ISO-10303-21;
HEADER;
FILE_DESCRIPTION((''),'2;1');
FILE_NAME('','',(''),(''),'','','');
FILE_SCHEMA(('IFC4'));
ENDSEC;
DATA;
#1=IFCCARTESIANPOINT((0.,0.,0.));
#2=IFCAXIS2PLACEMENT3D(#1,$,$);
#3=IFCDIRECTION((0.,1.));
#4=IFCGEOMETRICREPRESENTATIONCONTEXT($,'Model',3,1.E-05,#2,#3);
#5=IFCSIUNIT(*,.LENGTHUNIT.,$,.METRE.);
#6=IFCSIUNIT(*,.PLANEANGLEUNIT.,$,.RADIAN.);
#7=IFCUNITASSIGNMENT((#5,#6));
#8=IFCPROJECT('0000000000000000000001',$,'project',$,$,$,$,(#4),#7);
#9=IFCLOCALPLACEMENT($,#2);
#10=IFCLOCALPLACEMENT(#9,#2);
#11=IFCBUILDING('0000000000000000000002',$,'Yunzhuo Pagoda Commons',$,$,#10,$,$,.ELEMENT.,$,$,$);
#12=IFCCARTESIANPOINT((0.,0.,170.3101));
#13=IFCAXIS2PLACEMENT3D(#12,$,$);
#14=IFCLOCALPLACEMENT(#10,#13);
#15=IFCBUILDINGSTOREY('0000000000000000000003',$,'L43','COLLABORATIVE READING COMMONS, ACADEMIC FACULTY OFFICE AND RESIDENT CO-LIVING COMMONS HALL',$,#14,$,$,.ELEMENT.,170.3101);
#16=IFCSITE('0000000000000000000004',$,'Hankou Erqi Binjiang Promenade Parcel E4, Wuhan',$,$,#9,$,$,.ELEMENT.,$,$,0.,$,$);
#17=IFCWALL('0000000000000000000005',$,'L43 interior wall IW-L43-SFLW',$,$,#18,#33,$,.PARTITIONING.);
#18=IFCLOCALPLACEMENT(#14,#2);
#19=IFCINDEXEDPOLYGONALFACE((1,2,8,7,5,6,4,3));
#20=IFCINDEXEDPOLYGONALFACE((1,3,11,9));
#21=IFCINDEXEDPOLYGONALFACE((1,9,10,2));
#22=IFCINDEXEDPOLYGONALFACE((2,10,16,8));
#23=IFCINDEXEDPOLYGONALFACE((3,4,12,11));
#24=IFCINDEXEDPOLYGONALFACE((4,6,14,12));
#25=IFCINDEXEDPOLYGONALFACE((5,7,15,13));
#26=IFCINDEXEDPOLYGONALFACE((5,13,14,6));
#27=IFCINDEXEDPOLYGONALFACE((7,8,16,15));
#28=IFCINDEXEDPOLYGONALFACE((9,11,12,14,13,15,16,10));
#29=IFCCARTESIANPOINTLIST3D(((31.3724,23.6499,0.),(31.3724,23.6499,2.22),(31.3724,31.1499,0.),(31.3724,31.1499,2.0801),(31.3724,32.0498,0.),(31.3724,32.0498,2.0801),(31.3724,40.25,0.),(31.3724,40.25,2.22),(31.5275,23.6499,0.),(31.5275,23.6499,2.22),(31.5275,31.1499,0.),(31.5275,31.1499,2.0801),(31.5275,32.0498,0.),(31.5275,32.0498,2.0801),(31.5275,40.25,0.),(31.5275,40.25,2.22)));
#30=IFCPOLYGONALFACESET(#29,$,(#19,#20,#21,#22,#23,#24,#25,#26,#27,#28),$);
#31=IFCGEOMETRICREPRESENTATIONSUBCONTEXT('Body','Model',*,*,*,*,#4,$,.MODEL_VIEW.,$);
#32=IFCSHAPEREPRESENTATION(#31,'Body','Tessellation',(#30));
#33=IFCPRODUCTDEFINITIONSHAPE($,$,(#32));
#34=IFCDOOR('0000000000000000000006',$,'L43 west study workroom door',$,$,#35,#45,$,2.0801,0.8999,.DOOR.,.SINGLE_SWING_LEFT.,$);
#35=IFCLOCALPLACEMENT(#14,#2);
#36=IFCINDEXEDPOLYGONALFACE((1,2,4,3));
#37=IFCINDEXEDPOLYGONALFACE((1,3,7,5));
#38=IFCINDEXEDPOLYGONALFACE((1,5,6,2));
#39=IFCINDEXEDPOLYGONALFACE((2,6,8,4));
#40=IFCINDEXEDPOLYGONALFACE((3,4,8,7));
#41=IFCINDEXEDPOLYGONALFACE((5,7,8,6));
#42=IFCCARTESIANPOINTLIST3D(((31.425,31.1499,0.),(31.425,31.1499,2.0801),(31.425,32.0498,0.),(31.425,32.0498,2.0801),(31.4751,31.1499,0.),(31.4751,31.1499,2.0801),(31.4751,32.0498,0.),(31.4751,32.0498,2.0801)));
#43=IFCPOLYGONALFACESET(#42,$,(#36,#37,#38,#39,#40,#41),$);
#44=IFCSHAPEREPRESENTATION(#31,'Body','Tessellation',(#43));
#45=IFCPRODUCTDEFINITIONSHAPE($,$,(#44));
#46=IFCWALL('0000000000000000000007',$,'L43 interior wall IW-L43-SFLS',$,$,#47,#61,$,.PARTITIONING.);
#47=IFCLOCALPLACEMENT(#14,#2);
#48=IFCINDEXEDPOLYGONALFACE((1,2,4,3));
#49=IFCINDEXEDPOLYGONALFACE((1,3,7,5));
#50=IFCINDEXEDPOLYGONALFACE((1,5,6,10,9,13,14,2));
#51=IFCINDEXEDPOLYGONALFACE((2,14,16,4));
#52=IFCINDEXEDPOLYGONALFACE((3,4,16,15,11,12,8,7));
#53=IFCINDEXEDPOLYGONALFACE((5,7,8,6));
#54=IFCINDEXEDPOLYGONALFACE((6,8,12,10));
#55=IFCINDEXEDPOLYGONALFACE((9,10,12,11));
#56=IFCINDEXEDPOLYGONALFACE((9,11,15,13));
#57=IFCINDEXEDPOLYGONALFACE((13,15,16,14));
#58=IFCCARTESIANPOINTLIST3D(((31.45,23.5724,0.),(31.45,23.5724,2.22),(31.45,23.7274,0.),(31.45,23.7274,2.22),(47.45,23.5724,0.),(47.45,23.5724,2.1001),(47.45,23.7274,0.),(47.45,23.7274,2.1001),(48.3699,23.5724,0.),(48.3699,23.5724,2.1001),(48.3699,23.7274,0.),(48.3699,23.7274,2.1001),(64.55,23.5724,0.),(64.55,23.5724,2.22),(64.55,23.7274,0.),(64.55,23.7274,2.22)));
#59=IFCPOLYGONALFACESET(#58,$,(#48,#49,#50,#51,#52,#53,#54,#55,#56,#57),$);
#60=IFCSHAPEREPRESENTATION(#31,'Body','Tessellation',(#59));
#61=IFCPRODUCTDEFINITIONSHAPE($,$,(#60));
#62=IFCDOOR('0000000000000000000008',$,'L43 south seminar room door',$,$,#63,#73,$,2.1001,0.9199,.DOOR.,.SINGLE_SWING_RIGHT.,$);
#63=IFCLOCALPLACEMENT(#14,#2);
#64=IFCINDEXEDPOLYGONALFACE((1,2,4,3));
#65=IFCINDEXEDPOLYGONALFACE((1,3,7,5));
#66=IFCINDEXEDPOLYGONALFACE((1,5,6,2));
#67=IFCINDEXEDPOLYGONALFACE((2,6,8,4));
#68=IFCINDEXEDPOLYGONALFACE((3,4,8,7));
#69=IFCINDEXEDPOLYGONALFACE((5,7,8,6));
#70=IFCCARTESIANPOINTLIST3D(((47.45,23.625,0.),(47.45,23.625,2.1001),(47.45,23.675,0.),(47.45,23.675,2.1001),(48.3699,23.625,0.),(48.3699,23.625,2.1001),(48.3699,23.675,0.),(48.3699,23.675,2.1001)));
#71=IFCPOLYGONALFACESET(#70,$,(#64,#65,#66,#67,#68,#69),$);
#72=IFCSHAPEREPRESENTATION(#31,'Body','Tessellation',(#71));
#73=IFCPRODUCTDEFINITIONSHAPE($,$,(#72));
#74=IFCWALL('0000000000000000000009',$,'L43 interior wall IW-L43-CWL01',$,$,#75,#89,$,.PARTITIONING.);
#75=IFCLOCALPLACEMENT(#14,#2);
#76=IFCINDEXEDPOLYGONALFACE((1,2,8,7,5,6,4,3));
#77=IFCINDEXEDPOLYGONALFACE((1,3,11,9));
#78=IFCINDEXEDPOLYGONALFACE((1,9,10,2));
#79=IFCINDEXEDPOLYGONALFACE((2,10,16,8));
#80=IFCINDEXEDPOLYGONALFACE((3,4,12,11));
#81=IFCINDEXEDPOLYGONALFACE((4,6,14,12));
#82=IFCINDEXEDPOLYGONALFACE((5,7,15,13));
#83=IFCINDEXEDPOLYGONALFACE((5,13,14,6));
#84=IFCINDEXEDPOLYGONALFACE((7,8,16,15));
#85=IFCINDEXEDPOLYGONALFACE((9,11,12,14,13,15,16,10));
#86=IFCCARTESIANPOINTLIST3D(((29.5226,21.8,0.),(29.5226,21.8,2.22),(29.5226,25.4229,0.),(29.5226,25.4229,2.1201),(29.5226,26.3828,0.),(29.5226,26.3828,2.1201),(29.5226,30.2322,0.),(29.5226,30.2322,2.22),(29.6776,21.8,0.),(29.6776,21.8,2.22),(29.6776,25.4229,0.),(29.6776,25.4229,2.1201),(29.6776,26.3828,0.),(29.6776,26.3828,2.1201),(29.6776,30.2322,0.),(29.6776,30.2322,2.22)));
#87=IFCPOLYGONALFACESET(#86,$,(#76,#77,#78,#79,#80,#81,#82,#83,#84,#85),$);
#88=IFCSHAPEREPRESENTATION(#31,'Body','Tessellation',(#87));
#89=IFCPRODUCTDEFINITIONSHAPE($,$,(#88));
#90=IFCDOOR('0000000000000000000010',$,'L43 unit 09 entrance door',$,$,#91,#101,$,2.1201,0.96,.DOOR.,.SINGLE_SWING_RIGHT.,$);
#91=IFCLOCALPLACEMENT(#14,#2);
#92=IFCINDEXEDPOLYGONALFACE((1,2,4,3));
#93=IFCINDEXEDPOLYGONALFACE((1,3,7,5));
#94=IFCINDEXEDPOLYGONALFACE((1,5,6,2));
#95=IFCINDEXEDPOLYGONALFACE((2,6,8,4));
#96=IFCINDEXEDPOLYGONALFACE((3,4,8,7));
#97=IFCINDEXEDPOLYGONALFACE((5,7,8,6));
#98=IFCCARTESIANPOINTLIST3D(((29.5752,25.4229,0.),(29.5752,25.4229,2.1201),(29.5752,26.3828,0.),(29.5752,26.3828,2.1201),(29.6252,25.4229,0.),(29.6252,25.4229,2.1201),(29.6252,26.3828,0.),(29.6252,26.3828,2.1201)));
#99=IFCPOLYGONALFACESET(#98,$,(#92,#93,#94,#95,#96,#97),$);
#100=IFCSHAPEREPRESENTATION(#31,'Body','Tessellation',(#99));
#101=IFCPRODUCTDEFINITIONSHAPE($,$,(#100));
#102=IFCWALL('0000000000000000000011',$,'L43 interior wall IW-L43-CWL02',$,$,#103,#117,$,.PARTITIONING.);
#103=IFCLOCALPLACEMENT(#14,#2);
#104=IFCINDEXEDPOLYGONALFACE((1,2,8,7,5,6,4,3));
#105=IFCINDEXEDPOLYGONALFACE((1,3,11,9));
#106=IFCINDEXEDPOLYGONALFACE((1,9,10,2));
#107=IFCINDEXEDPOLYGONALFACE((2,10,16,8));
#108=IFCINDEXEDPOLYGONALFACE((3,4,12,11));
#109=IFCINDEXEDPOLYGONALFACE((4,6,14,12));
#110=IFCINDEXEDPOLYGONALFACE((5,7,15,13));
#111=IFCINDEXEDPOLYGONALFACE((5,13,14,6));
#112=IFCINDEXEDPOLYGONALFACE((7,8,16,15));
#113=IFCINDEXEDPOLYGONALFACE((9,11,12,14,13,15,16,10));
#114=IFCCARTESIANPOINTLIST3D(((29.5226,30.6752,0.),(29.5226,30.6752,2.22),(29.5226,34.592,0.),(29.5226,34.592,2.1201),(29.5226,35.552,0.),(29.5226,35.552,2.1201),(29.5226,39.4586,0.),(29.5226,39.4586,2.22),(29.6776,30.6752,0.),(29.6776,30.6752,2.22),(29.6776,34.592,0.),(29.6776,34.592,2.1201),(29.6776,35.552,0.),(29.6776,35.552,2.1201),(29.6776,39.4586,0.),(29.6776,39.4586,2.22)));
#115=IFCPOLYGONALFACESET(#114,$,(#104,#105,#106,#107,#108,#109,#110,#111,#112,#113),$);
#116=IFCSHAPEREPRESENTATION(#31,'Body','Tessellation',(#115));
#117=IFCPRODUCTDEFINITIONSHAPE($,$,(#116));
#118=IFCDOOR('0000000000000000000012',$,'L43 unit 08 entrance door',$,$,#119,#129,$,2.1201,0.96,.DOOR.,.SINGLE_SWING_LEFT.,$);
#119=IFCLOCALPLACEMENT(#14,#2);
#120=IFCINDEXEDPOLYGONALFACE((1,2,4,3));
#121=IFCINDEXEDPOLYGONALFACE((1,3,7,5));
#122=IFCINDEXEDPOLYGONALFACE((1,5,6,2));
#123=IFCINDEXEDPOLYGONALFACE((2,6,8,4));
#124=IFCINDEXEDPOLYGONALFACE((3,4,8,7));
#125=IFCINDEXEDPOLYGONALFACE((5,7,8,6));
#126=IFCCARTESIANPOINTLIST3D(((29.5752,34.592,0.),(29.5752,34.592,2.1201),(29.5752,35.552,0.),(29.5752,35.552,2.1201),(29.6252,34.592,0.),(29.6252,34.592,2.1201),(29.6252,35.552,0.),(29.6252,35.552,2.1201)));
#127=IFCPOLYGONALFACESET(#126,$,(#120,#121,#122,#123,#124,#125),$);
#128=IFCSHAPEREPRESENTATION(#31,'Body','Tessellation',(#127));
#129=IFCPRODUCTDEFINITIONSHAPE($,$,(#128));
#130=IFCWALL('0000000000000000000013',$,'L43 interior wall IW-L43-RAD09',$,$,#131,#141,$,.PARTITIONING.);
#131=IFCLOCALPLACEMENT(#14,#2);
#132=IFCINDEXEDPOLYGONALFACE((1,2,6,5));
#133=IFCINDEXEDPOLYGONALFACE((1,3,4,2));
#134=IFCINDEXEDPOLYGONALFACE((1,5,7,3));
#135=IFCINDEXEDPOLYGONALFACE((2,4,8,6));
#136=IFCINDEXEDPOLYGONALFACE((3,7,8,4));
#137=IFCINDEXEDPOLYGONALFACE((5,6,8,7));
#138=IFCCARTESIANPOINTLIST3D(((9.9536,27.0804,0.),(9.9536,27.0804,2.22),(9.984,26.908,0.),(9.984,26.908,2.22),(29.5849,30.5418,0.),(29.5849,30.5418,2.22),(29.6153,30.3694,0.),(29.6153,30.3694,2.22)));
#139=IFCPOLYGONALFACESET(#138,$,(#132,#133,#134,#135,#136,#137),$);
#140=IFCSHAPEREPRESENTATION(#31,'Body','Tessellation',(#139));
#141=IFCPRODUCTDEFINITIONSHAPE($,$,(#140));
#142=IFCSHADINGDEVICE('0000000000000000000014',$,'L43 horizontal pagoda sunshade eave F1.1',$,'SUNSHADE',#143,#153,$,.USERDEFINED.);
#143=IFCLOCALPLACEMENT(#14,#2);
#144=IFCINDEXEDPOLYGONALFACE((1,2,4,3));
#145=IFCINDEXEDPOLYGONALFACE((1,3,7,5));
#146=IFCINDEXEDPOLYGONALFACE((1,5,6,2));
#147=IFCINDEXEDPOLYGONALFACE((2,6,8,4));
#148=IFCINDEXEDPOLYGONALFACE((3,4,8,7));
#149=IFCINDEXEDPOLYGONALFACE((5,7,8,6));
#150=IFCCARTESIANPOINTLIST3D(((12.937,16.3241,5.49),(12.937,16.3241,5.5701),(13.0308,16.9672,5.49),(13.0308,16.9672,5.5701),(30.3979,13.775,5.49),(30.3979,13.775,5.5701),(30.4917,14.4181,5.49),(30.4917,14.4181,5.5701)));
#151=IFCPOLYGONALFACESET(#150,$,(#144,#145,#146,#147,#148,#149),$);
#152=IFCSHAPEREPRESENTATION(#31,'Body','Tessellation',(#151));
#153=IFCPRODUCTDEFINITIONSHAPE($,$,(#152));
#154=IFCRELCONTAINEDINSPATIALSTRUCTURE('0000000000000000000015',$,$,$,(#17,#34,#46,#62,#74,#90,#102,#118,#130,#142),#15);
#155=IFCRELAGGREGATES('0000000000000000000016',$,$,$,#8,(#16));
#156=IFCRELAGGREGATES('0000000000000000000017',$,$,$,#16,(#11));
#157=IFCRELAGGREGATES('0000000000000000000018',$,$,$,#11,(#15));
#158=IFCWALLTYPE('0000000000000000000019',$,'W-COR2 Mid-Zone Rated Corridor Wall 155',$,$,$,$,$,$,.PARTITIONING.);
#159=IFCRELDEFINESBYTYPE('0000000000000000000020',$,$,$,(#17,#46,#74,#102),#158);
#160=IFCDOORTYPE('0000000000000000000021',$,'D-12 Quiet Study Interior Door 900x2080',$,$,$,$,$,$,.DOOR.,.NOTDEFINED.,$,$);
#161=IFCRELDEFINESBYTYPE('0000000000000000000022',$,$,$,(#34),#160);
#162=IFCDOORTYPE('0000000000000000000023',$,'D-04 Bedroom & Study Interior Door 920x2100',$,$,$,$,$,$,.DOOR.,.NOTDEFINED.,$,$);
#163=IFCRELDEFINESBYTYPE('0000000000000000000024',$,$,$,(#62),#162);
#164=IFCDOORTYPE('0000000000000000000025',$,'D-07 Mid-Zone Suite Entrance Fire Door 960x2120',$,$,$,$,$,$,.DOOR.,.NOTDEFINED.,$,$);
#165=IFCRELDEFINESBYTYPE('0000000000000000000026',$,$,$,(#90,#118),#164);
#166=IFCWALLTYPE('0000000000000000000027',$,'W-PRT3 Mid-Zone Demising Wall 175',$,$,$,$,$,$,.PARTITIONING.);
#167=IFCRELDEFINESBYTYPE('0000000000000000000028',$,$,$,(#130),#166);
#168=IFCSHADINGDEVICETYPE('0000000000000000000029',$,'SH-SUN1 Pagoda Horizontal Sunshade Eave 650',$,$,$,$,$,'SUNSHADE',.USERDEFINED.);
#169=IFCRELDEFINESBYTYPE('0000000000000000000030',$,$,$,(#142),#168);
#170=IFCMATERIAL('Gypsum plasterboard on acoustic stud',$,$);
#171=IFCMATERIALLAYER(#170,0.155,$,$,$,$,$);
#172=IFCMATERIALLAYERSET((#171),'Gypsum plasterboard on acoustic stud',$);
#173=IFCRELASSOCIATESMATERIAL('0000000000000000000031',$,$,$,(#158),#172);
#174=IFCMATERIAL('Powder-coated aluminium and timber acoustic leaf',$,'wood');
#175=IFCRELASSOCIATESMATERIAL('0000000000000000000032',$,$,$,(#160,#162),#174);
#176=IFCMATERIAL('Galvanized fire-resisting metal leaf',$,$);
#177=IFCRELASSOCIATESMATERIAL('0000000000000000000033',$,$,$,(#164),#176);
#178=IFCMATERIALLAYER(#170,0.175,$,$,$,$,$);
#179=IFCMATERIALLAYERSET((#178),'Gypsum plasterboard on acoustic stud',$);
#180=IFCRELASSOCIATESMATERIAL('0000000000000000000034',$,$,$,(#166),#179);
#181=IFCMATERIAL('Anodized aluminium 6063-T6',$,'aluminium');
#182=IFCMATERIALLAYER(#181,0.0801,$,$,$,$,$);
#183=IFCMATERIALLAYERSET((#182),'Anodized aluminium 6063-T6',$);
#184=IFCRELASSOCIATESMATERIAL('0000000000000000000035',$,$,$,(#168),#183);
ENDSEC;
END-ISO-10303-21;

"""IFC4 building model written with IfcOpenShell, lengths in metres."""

from ifc_helpers import new_model, si_unit, direction, frame, frame_2d, origin, origin_with_axes, origin_2d, place, context, subcontext, project, spatial, rectangle, extrude, source, transform, mapped, material, layer, layer_set, type_object, element, fill, save


model = new_model("IFC4")

# Units and contexts
model_context = context("Model", 3, precision=1e-05, world=origin(), true_north=direction((0.0, 1.0)))
body_context = subcontext(model_context, "Body", "Model", "MODEL_VIEW")
ifc_project = project(units=[si_unit("LENGTHUNIT", "METRE"), si_unit("PLANEANGLEUNIT", "RADIAN")], contexts=[model_context])

# Site, building, storey
site_placement = place(None, origin())
site = spatial("IfcSite", under=ifc_project, at=site_placement, Name="Hankou Erqi Binjiang Promenade Parcel E4, Wuhan", CompositionType="ELEMENT", RefElevation=0.0)
building_placement = place(site_placement, origin())
building = spatial("IfcBuilding", under=site, at=building_placement, Name="Yunzhuo Pagoda Commons", CompositionType="ELEMENT")
storey_placement = place(building_placement, frame((0.0, 0.0, 170.3101)))
storey = spatial("IfcBuildingStorey", under=building, at=storey_placement, Name="L43", Description="COLLABORATIVE READING COMMONS, ACADEMIC FACULTY OFFICE AND RESIDENT CO-LIVING COMMONS HALL", CompositionType="ELEMENT", Elevation=170.3101)

# Shared definitions
ifc_material_1 = material(Name="Anodized aluminium 6063-T6", Category="aluminium")

# Walls, openings, doors
ifc_material_2 = material(Name="Gypsum plasterboard on acoustic stud")
ifc_layer_1 = layer(ifc_material_2, 0.155)
ifc_layer_set_1 = layer_set([ifc_layer_1], Name="Gypsum plasterboard on acoustic stud")
wall_type_1 = type_object("IfcWallType", Name="W-COR2 Mid-Zone Rated Corridor Wall 155", PredefinedType="PARTITIONING", material=ifc_layer_set_1)
wall_1_placement = place(storey_placement, frame((31.45, 23.6499, 0.0), z_axis=(0.0, 0.0, 1.0), x_axis=(0.0, 1.0, 0.0)))
wall_1 = element("IfcWall", 1, at=wall_1_placement, inside=storey, type_object=wall_type_1, Name="L43 interior wall IW-L43-SFLW", PredefinedType="PARTITIONING", context=body_context, shape_type="SweptSolid", body=[
    extrude(rectangle(XDim=16.6001, YDim=0.155, at=frame_2d((8.3, 0.0))), origin(), (0.0, 0.0, 1.0), 2.22),
])
opening_1_placement = place(wall_1_placement, frame((7.5, 0.0, 0.0)))
opening_1 = element("IfcOpeningElement", 2, at=opening_1_placement, cuts=wall_1, PredefinedType="OPENING", context=body_context, shape_type="SweptSolid", body=[
    extrude(rectangle(XDim=0.8999, YDim=2.0801, at=frame_2d((0.45, 1.04))), frame((0.0, 0.0874, 0.0), z_axis=(0.0, -1.0, 0.0), x_axis=(1.0, 0.0, 0.0)), (0.0, 0.0, 1.0), 0.175),
])
ifc_material_3 = material(Name="Powder-coated aluminium and timber acoustic leaf", Category="wood")
door_type_1 = type_object("IfcDoorType", Name="D-12 Quiet Study Interior Door 900x2080", OperationType="NOTDEFINED", PredefinedType="DOOR", material=ifc_material_3)
shared_shape_1 = source(origin(), body_context, "Body", "SweptSolid", [
    extrude(rectangle(XDim=0.8999, YDim=2.0801, at=frame_2d((0.45, 1.04))), frame((0.0, 0.0249, 0.0), z_axis=(0.0, -1.0, 0.0), x_axis=(1.0, 0.0, 0.0)), (0.0, 0.0, 1.0), 0.05),
])
door_1_placement = place(opening_1_placement, origin_with_axes())
door_1 = element("IfcDoor", 3, at=door_1_placement, inside=storey, type_object=door_type_1, Name="L43 west study workroom door", OperationType="SINGLE_SWING_LEFT", OverallHeight=2.0801, OverallWidth=0.8999, PredefinedType="DOOR", context=body_context, shape_type="MappedRepresentation", body=[
    mapped(shared_shape_1, transform((0.0, 0.0, 0.0), scale=1.0)),
])
fill(opening_1, door_1)
wall_2_placement = place(storey_placement, frame((31.45, 23.6499, 0.0), z_axis=(0.0, 0.0, 1.0), x_axis=(1.0, 0.0, 0.0)))
wall_2 = element("IfcWall", 4, at=wall_2_placement, inside=storey, type_object=wall_type_1, Name="L43 interior wall IW-L43-SFLS", PredefinedType="PARTITIONING", context=body_context, shape_type="SweptSolid", body=[
    extrude(rectangle(XDim=33.1001, YDim=0.155, at=frame_2d((16.55, 0.0))), origin(), (0.0, 0.0, 1.0), 2.22),
])
opening_2_placement = place(wall_2_placement, frame((16.0, 0.0, 0.0)))
opening_2 = element("IfcOpeningElement", 5, at=opening_2_placement, cuts=wall_2, PredefinedType="OPENING", context=body_context, shape_type="SweptSolid", body=[
    extrude(rectangle(XDim=0.9199, YDim=2.1001, at=frame_2d((0.46, 1.05))), frame((0.0, 0.0874, 0.0), z_axis=(0.0, -1.0, 0.0), x_axis=(1.0, 0.0, 0.0)), (0.0, 0.0, 1.0), 0.175),
])
door_type_2 = type_object("IfcDoorType", Name="D-04 Bedroom & Study Interior Door 920x2100", OperationType="NOTDEFINED", PredefinedType="DOOR", material=ifc_material_3)
shared_shape_2 = source(origin(), body_context, "Body", "SweptSolid", [
    extrude(rectangle(XDim=0.9199, YDim=2.1001, at=frame_2d((0.46, 1.05))), frame((0.0, 0.0249, 0.0), z_axis=(0.0, -1.0, 0.0), x_axis=(1.0, 0.0, 0.0)), (0.0, 0.0, 1.0), 0.05),
])
door_2_placement = place(opening_2_placement, frame((0.9199, 0.0, 0.0), z_axis=(0.0, 0.0, 1.0), x_axis=(-1.0, 0.0, 0.0)))
door_2 = element("IfcDoor", 6, at=door_2_placement, inside=storey, type_object=door_type_2, Name="L43 south seminar room door", OperationType="SINGLE_SWING_RIGHT", OverallHeight=2.1001, OverallWidth=0.9199, PredefinedType="DOOR", context=body_context, shape_type="MappedRepresentation", body=[
    mapped(shared_shape_2, transform((0.0, 0.0, 0.0), scale=1.0)),
])
fill(opening_2, door_2)
wall_3_placement = place(storey_placement, frame((29.6001, 21.8, 0.0), z_axis=(0.0, 0.0, 1.0), x_axis=(0.0, 1.0, 0.0)))
wall_3 = element("IfcWall", 7, at=wall_3_placement, inside=storey, type_object=wall_type_1, Name="L43 interior wall IW-L43-CWL01", PredefinedType="PARTITIONING", context=body_context, shape_type="SweptSolid", body=[
    extrude(rectangle(XDim=8.4321, YDim=0.155, at=frame_2d((4.2161, 0.0))), origin(), (0.0, 0.0, 1.0), 2.22),
])
opening_3_placement = place(wall_3_placement, frame((3.6228, 0.0, 0.0)))
opening_3 = element("IfcOpeningElement", 8, at=opening_3_placement, cuts=wall_3, PredefinedType="OPENING", context=body_context, shape_type="SweptSolid", body=[
    extrude(rectangle(XDim=0.96, YDim=2.1201, at=frame_2d((0.48, 1.0601))), frame((0.0, 0.0874, 0.0), z_axis=(0.0, -1.0, 0.0), x_axis=(1.0, 0.0, 0.0)), (0.0, 0.0, 1.0), 0.175),
])
ifc_material_4 = material(Name="Galvanized fire-resisting metal leaf")
door_type_3 = type_object("IfcDoorType", Name="D-07 Mid-Zone Suite Entrance Fire Door 960x2120", OperationType="NOTDEFINED", PredefinedType="DOOR", material=ifc_material_4)
shared_shape_3 = source(origin(), body_context, "Body", "SweptSolid", [
    extrude(rectangle(XDim=0.96, YDim=2.1201, at=frame_2d((0.48, 1.0601))), frame((0.0, 0.0249, 0.0), z_axis=(0.0, -1.0, 0.0), x_axis=(1.0, 0.0, 0.0)), (0.0, 0.0, 1.0), 0.05),
])
door_3_placement = place(opening_3_placement, origin_with_axes())
door_3 = element("IfcDoor", 9, at=door_3_placement, inside=storey, type_object=door_type_3, Name="L43 unit 09 entrance door", OperationType="SINGLE_SWING_RIGHT", OverallHeight=2.1201, OverallWidth=0.96, PredefinedType="DOOR", context=body_context, shape_type="MappedRepresentation", body=[
    mapped(shared_shape_3, transform((0.0, 0.0, 0.0), scale=1.0)),
])
fill(opening_3, door_3)
wall_4_placement = place(storey_placement, frame((29.6001, 30.6753, 0.0), z_axis=(0.0, 0.0, 1.0), x_axis=(0.0, 1.0, 0.0)))
wall_4 = element("IfcWall", 10, at=wall_4_placement, inside=storey, type_object=wall_type_1, Name="L43 interior wall IW-L43-CWL02", PredefinedType="PARTITIONING", context=body_context, shape_type="SweptSolid", body=[
    extrude(rectangle(XDim=8.7834, YDim=0.155, at=frame_2d((4.3916, 0.0))), origin(), (0.0, 0.0, 1.0), 2.22),
])
opening_4_placement = place(wall_4_placement, frame((3.9167, 0.0, 0.0)))
opening_4 = element("IfcOpeningElement", 11, at=opening_4_placement, cuts=wall_4, PredefinedType="OPENING", context=body_context, shape_type="SweptSolid", body=[
    extrude(rectangle(XDim=0.96, YDim=2.1201, at=frame_2d((0.48, 1.0601))), frame((0.0, 0.0874, 0.0), z_axis=(0.0, -1.0, 0.0), x_axis=(1.0, 0.0, 0.0)), (0.0, 0.0, 1.0), 0.175),
])
door_4_placement = place(opening_4_placement, origin_with_axes())
door_4 = element("IfcDoor", 12, at=door_4_placement, inside=storey, type_object=door_type_3, Name="L43 unit 08 entrance door", OperationType="SINGLE_SWING_LEFT", OverallHeight=2.1201, OverallWidth=0.96, PredefinedType="DOOR", context=body_context, shape_type="MappedRepresentation", body=[
    mapped(shared_shape_3, transform((0.0, 0.0, 0.0), scale=1.0)),
])
fill(opening_4, door_4)

# Wall
ifc_layer_2 = layer(ifc_material_2, 0.175)
ifc_layer_set_2 = layer_set([ifc_layer_2], Name="Gypsum plasterboard on acoustic stud")
wall_type_2 = type_object("IfcWallType", Name="W-PRT3 Mid-Zone Demising Wall 175", PredefinedType="PARTITIONING", material=ifc_layer_set_2)
wall_5_placement = place(storey_placement, frame((29.6001, 30.4556, 0.0), z_axis=(0.0, 0.0, 1.0), x_axis=(-0.984809, -0.173643, 0.0)))
element("IfcWall", 13, at=wall_5_placement, inside=storey, type_object=wall_type_2, Name="L43 interior wall IW-L43-RAD09", PredefinedType="PARTITIONING", context=body_context, shape_type="SweptSolid", body=[
    extrude(rectangle(XDim=19.9341, YDim=0.175, at=frame_2d((9.967, 0.0))), origin(), (0.0, 0.0, 1.0), 2.22),
])

# Shading device
ifc_layer_3 = layer(ifc_material_1, 0.0801)
ifc_layer_set_3 = layer_set([ifc_layer_3], Name="Anodized aluminium 6063-T6")
shading_device_type = type_object("IfcShadingDeviceType", Name="SH-SUN1 Pagoda Horizontal Sunshade Eave 650", ElementType="SUNSHADE", PredefinedType="USERDEFINED", material=ifc_layer_set_3)
shared_shape_4 = source(origin(), body_context, "Body", "SweptSolid", [
    extrude(rectangle(XDim=17.646, YDim=0.6499, at=origin_2d()), origin(), (0.0, 0.0, 1.0), 0.0801),
])
shading_device_placement = place(storey_placement, frame((21.7144, 15.3711, 5.49), z_axis=(0.0, 0.0, 1.0), x_axis=(0.989511, -0.14446, 0.0)))
element("IfcShadingDevice", 14, at=shading_device_placement, inside=storey, type_object=shading_device_type, Name="L43 horizontal pagoda sunshade eave F1.1", ObjectType="SUNSHADE", PredefinedType="USERDEFINED", context=body_context, shape_type="MappedRepresentation", body=[
    mapped(shared_shape_4, transform((0.0, 0.0, 0.0), scale=1.0)),
])

save(model, "model.ifc")
